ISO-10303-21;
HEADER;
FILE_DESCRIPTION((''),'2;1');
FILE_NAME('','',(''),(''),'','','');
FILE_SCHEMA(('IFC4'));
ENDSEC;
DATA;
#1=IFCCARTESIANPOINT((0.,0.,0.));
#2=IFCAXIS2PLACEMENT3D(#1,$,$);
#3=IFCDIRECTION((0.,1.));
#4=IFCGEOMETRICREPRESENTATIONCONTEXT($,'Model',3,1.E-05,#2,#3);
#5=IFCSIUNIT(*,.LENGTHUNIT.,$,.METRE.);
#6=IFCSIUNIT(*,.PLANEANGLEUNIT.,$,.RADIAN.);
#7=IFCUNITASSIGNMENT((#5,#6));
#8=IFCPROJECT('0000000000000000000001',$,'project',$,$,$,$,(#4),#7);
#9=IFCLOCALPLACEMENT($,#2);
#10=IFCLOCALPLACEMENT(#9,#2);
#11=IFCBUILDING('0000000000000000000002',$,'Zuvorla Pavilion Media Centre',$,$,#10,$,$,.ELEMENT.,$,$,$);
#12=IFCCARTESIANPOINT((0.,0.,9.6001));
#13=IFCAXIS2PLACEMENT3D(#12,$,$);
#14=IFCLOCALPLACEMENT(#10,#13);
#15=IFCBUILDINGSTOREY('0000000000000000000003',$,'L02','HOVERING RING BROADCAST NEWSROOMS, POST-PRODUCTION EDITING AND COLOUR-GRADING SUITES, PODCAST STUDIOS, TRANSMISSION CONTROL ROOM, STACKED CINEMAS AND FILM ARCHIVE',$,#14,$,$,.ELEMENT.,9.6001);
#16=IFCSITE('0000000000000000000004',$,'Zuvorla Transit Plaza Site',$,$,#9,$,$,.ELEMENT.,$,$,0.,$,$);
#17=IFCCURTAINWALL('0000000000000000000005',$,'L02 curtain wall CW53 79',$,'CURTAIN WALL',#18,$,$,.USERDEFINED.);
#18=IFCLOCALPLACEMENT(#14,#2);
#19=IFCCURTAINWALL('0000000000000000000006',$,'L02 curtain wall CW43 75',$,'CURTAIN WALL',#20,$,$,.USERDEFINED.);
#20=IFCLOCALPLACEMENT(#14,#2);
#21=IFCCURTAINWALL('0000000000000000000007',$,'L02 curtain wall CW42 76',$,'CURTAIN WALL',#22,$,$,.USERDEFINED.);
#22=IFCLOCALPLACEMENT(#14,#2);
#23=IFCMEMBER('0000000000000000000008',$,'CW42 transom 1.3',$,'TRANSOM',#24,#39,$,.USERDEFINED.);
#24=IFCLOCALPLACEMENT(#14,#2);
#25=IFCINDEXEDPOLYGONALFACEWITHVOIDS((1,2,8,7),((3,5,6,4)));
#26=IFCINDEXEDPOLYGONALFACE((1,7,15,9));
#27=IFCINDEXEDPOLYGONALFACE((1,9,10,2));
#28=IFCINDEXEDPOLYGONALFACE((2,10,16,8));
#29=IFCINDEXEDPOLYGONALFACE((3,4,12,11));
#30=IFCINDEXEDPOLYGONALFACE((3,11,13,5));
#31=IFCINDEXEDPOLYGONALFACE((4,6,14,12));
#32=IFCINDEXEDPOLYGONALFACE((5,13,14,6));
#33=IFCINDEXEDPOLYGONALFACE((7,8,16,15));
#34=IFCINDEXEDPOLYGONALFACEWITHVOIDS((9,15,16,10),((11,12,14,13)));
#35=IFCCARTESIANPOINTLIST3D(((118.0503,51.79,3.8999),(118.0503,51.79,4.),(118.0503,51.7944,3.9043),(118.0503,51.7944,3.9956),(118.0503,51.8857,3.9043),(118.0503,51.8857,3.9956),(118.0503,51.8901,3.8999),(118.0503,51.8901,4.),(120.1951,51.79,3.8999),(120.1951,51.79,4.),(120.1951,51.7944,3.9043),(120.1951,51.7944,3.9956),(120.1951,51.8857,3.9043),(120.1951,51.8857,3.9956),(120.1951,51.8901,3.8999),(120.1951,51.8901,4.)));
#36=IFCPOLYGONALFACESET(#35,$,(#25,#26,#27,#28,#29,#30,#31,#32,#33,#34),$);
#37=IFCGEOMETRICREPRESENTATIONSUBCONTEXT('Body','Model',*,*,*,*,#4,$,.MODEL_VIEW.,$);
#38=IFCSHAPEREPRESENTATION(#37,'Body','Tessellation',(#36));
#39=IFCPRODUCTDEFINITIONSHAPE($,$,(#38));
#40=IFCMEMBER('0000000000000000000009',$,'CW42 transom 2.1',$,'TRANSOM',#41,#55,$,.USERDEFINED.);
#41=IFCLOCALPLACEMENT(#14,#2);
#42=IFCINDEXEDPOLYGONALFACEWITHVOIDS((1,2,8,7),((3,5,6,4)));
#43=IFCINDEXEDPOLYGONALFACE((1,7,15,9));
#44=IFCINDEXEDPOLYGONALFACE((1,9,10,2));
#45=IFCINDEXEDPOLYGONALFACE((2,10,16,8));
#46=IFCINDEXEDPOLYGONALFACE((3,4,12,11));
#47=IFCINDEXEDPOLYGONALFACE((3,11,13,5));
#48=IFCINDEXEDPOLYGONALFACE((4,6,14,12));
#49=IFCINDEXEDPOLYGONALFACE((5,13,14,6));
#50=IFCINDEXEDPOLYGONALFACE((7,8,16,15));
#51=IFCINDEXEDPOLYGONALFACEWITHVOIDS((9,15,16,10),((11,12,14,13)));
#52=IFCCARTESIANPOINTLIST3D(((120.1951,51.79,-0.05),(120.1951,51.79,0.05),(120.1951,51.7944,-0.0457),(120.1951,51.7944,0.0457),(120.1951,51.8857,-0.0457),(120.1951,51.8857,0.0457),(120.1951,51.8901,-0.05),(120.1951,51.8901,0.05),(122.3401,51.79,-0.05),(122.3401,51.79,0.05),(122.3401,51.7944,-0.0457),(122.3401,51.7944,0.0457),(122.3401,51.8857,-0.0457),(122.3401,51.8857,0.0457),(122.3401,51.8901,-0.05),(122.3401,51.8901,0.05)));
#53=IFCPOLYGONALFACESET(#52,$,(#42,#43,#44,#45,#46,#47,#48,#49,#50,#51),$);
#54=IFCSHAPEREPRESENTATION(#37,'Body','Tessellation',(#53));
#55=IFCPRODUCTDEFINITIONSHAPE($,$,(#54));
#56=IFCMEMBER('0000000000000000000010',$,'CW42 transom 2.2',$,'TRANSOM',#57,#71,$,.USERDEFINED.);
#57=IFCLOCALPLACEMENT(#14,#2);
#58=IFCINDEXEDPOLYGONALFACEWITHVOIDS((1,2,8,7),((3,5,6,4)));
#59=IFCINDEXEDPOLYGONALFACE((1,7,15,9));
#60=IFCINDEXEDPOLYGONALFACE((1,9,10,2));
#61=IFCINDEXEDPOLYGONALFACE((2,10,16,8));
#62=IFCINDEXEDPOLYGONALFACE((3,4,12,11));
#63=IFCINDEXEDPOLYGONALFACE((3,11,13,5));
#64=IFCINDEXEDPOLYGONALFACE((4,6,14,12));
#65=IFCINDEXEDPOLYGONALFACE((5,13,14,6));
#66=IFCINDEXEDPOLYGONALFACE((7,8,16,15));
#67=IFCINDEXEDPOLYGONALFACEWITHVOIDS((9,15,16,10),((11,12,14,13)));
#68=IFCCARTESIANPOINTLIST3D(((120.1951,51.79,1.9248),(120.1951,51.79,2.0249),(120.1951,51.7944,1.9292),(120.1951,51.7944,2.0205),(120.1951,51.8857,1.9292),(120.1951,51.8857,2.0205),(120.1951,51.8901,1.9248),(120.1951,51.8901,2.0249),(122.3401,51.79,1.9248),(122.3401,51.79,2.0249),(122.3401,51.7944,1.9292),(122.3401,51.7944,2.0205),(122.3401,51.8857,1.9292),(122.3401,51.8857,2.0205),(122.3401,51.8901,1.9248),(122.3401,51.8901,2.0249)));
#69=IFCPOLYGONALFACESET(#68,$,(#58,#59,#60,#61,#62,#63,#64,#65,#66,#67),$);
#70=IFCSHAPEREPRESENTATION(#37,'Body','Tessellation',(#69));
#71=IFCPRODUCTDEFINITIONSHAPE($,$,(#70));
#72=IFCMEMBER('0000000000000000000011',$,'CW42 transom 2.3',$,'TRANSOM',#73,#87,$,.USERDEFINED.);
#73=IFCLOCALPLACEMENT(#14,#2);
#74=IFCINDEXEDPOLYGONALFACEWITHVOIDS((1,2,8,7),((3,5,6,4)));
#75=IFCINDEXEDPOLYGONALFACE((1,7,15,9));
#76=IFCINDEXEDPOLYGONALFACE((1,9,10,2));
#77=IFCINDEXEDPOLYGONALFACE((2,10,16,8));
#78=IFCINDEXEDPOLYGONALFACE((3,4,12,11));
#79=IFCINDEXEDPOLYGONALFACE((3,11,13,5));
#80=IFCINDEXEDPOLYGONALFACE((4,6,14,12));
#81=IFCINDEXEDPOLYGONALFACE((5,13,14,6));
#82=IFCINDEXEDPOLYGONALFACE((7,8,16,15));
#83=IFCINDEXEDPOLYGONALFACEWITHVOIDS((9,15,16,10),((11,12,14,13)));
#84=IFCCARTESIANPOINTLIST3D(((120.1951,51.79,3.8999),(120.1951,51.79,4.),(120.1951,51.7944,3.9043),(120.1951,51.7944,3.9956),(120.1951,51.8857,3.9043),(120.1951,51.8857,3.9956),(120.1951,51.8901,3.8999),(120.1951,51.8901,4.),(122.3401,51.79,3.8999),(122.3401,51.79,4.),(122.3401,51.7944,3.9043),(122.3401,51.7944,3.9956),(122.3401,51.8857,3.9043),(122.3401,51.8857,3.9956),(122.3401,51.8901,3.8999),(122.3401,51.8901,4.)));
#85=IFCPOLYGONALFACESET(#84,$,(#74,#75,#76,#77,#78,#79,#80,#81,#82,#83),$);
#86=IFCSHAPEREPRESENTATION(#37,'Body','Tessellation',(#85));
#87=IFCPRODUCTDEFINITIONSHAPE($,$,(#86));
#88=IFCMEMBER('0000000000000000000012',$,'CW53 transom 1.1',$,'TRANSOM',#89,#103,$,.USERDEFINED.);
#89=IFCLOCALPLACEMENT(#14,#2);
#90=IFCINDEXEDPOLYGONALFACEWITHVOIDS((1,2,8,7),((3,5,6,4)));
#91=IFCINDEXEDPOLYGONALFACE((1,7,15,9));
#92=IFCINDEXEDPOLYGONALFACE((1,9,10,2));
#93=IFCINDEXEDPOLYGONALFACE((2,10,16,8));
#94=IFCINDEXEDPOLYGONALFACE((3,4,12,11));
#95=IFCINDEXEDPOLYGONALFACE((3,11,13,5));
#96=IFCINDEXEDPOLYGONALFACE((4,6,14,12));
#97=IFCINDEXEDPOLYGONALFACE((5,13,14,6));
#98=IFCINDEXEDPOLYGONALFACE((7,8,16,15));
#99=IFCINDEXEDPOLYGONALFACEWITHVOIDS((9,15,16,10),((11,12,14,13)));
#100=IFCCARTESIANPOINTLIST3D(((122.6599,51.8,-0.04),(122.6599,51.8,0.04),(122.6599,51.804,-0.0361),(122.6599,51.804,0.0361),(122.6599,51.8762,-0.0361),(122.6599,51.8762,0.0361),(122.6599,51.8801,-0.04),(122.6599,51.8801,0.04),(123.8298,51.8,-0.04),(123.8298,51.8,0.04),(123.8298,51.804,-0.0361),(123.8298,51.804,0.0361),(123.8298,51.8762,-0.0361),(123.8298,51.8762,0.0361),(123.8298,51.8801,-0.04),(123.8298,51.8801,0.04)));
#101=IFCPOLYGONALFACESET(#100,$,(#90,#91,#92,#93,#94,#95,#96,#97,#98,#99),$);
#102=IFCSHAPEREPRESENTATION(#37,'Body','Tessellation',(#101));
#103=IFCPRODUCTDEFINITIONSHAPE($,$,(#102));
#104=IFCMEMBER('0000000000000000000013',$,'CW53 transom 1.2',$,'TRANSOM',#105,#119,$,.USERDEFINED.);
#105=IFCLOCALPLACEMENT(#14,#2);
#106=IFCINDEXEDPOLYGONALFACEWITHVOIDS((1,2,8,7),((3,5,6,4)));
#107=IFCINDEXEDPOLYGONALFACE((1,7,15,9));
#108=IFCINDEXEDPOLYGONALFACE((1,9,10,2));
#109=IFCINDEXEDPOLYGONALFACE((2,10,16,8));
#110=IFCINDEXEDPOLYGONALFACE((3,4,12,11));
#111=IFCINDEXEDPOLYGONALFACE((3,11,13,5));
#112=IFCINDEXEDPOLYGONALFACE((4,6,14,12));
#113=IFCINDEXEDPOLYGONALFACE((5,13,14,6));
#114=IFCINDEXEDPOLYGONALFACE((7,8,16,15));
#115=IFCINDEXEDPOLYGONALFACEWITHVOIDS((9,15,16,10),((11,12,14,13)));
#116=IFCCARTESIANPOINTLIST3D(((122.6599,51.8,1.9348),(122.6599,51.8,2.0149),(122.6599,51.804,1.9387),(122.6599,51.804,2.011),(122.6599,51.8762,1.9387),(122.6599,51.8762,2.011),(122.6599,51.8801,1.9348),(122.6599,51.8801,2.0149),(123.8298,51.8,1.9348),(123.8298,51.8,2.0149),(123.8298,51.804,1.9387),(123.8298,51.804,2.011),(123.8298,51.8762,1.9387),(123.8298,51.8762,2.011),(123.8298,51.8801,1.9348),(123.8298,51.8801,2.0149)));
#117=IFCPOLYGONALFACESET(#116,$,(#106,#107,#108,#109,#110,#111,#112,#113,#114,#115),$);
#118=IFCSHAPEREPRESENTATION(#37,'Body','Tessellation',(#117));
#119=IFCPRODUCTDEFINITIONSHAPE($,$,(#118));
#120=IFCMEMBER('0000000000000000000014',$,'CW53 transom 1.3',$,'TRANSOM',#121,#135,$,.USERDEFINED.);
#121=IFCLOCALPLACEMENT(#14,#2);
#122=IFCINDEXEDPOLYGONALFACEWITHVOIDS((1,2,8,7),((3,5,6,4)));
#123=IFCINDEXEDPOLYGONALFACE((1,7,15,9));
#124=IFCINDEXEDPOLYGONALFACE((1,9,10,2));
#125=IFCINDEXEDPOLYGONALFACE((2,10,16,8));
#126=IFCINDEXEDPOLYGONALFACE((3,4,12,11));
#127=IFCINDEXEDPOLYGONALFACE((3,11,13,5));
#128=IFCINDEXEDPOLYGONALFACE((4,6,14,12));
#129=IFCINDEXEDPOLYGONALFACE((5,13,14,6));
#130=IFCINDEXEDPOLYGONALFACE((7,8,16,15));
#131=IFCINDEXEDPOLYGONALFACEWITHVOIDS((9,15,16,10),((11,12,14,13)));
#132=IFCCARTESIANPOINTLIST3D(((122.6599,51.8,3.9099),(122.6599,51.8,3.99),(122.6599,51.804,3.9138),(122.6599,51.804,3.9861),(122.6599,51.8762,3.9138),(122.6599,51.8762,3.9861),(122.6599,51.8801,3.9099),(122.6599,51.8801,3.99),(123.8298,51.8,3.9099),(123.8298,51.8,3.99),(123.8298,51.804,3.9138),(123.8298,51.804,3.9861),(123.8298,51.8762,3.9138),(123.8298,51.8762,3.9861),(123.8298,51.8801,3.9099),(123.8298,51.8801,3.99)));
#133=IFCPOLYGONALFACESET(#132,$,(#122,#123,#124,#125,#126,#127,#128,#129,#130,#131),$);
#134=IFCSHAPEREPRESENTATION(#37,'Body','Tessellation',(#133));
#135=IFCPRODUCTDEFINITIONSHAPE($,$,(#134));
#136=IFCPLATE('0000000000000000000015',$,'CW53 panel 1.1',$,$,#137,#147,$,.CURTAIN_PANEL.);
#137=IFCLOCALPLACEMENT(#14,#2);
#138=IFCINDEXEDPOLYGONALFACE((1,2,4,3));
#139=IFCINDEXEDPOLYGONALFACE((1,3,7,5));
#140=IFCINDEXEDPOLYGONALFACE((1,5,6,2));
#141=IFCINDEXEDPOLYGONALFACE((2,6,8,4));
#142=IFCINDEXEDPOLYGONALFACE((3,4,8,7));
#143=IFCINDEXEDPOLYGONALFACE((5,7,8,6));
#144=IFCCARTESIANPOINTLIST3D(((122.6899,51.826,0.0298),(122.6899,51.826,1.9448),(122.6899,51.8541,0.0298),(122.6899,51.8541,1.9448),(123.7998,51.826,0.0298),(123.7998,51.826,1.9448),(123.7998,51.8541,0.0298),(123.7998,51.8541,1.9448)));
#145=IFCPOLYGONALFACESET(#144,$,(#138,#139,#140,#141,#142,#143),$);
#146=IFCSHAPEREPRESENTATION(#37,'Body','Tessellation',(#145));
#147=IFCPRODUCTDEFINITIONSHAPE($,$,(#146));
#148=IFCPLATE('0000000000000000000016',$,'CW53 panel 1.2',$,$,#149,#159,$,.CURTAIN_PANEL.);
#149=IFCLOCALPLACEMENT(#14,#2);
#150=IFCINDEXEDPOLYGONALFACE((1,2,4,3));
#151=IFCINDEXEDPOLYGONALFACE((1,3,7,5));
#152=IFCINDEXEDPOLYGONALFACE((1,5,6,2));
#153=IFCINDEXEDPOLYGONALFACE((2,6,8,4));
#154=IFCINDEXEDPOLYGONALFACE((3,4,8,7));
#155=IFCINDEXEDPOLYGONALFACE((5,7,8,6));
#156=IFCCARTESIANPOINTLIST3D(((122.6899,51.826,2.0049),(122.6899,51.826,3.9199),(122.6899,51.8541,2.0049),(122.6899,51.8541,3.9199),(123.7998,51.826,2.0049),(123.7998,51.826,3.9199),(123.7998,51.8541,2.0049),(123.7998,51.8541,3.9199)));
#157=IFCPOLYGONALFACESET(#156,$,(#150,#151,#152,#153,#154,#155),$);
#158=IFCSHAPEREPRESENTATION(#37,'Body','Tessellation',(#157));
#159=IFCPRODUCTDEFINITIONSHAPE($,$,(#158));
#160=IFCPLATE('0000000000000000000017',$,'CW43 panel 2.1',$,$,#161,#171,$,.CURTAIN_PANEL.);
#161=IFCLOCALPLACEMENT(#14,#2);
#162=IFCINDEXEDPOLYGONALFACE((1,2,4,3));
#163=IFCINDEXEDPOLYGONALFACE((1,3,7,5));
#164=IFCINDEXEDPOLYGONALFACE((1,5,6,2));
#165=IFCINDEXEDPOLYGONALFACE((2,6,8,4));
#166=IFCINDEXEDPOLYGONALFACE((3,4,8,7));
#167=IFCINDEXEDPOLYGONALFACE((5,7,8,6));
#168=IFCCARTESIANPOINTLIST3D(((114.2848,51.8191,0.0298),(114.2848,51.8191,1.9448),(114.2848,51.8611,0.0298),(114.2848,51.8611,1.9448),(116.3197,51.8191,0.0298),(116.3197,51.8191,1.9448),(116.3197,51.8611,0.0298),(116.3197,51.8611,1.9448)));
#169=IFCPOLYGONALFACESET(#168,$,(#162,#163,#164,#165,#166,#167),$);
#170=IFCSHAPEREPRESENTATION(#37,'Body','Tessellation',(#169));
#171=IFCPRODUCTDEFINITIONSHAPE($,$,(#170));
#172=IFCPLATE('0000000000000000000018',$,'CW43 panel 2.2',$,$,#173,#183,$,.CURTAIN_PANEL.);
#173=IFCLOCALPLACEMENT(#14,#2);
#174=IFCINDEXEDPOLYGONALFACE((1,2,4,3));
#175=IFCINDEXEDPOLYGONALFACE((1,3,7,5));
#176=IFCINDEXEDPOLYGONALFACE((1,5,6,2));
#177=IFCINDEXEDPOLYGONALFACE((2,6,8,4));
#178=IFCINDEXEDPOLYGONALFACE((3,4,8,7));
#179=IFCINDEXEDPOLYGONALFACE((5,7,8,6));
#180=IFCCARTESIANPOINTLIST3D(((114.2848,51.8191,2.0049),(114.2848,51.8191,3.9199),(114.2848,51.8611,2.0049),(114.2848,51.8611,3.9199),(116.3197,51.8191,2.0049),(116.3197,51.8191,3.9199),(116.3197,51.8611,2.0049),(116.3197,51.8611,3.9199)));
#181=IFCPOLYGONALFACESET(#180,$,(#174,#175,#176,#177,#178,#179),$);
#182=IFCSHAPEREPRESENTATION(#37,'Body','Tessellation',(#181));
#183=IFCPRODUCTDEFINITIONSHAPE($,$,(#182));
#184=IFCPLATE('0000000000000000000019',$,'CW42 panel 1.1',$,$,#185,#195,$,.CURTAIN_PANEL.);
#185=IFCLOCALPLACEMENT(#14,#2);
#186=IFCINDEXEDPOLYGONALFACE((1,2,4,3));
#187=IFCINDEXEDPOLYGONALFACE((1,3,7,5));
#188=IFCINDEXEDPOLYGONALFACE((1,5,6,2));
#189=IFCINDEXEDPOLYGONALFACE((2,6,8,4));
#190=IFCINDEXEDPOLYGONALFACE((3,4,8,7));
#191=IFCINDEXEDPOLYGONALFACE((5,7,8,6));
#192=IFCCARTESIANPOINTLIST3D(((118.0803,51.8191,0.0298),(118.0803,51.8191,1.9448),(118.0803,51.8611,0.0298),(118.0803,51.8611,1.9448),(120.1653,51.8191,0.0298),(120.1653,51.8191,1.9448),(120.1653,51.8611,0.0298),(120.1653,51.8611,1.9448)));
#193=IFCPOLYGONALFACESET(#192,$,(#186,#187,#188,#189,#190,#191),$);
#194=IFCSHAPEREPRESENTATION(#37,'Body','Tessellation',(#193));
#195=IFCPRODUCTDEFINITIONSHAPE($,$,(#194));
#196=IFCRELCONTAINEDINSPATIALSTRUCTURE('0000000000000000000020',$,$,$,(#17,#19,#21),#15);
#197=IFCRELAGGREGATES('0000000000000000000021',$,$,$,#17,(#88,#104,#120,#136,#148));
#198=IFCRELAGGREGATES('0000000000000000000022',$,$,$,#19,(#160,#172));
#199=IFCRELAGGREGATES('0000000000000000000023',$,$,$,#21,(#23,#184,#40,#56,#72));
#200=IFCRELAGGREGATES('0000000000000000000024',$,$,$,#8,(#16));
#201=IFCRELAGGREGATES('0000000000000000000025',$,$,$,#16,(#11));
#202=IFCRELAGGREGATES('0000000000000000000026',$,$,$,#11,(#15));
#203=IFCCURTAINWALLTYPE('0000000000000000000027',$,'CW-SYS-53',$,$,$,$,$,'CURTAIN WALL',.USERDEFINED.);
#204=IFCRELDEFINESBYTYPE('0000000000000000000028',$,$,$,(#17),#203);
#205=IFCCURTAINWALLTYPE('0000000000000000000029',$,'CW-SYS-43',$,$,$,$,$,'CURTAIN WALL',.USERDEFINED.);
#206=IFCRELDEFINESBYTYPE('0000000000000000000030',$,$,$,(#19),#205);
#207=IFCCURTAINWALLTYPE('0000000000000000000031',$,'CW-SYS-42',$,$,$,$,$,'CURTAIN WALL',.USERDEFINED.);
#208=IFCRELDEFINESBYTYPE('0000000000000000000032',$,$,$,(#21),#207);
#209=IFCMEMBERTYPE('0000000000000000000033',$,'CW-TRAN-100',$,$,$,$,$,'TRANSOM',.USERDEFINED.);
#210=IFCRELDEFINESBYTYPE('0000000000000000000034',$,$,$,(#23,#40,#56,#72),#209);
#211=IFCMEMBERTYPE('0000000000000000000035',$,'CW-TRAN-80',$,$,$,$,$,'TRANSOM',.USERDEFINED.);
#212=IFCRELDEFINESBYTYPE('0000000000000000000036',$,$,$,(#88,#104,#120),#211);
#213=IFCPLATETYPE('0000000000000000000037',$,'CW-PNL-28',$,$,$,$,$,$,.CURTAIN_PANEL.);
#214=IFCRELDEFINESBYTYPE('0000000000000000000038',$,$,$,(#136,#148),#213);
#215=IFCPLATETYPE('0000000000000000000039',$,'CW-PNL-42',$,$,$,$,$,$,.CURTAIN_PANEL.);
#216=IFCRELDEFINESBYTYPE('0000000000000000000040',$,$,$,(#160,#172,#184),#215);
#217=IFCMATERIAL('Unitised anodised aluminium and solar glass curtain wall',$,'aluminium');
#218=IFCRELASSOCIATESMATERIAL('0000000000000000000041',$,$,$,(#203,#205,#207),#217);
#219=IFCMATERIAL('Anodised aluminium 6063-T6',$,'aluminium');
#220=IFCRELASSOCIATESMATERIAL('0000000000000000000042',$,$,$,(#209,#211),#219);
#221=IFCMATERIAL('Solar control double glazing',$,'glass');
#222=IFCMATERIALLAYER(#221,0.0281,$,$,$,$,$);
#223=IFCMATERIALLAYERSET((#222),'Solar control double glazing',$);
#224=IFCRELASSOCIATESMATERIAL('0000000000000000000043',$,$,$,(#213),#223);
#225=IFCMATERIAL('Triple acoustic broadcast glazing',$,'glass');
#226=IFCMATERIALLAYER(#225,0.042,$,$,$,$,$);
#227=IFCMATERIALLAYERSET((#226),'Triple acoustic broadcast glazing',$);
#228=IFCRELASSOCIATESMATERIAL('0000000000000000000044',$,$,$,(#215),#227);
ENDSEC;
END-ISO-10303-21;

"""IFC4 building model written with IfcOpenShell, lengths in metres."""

from ifc_helpers import new_model, si_unit, direction, frame, origin, origin_2d, place, context, subcontext, project, spatial, rectangle, hollow_rectangle, extrude, material, layer, layer_set, material_profile, profile_set, type_object, element, aggregate, save


model = new_model("IFC4")

# Units and contexts
model_context = context("Model", 3, precision=1e-05, world=origin(), true_north=direction((0.0, 1.0)))
body_context = subcontext(model_context, "Body", "Model", "MODEL_VIEW")
ifc_project = project(units=[si_unit("LENGTHUNIT", "METRE"), si_unit("PLANEANGLEUNIT", "RADIAN")], contexts=[model_context])

# Site, building, storey
site_placement = place(None, origin())
site = spatial("IfcSite", under=ifc_project, at=site_placement, Name="Zuvorla Transit Plaza Site", CompositionType="ELEMENT", RefElevation=0.0)
building_placement = place(site_placement, origin())
building = spatial("IfcBuilding", under=site, at=building_placement, Name="Zuvorla Pavilion Media Centre", CompositionType="ELEMENT")
storey_placement = place(building_placement, frame((0.0, 0.0, 9.6001)))
storey = spatial("IfcBuildingStorey", under=building, at=storey_placement, Name="L02", Description="HOVERING RING BROADCAST NEWSROOMS, POST-PRODUCTION EDITING AND COLOUR-GRADING SUITES, PODCAST STUDIOS, TRANSMISSION CONTROL ROOM, STACKED CINEMAS AND FILM ARCHIVE", CompositionType="ELEMENT", Elevation=9.6001)

# Curtain wall
ifc_material_1 = material(Name="Unitised anodised aluminium and solar glass curtain wall", Category="aluminium")
curtain_wall_type_1 = type_object("IfcCurtainWallType", Name="CW-SYS-53", ElementType="CURTAIN WALL", PredefinedType="USERDEFINED", material=ifc_material_1)
curtain_wall_1_placement = place(storey_placement, origin())
curtain_wall_1 = element("IfcCurtainWall", 1, at=curtain_wall_1_placement, inside=storey, type_object=curtain_wall_type_1, Name="L02 curtain wall CW53 79", ObjectType="CURTAIN WALL", PredefinedType="USERDEFINED")
ifc_material_2 = material(Name="Anodised aluminium 6063-T6", Category="aluminium")

# Curtain wall
curtain_wall_type_2 = type_object("IfcCurtainWallType", Name="CW-SYS-43", ElementType="CURTAIN WALL", PredefinedType="USERDEFINED", material=ifc_material_1)
curtain_wall_2_placement = place(storey_placement, origin())
curtain_wall_2 = element("IfcCurtainWall", 2, at=curtain_wall_2_placement, inside=storey, type_object=curtain_wall_type_2, Name="L02 curtain wall CW43 75", ObjectType="CURTAIN WALL", PredefinedType="USERDEFINED")

# Curtain wall
curtain_wall_type_3 = type_object("IfcCurtainWallType", Name="CW-SYS-42", ElementType="CURTAIN WALL", PredefinedType="USERDEFINED", material=ifc_material_1)
curtain_wall_3_placement = place(storey_placement, origin())
curtain_wall_3 = element("IfcCurtainWall", 3, at=curtain_wall_3_placement, inside=storey, type_object=curtain_wall_type_3, Name="L02 curtain wall CW42 76", ObjectType="CURTAIN WALL", PredefinedType="USERDEFINED")

# Members
ifc_material_profile_1 = material_profile(ifc_material_2, hollow_rectangle(XDim=0.1001, YDim=0.1001, WallThickness=0.0044, at=origin_2d()), Name="ALU TRAN 100x100")
ifc_profile_set_1 = profile_set([ifc_material_profile_1], Name="Anodised aluminium 6063-T6")
member_type_1 = type_object("IfcMemberType", Name="CW-TRAN-100", ElementType="TRANSOM", PredefinedType="USERDEFINED", material=ifc_profile_set_1)
member_1_placement = place(storey_placement, frame((118.0503, 51.8401, 3.95), z_axis=(1.0, 0.0, 0.0), x_axis=(0.0, 1.0, 0.0)))
member_1 = element("IfcMember", 4, at=member_1_placement, type_object=member_type_1, Name="CW42 transom 1.3", ObjectType="TRANSOM", PredefinedType="USERDEFINED", context=body_context, shape_type="SweptSolid", body=[
    extrude(hollow_rectangle(XDim=0.1001, YDim=0.1001, WallThickness=0.0044, at=origin_2d()), origin(), (0.0, 0.0, 1.0), 2.1448),
])
member_2_placement = place(storey_placement, frame((120.1951, 51.8401, 0.0), z_axis=(1.0, 0.0, 0.0), x_axis=(0.0, 1.0, 0.0)))
member_2 = element("IfcMember", 5, at=member_2_placement, type_object=member_type_1, Name="CW42 transom 2.1", ObjectType="TRANSOM", PredefinedType="USERDEFINED", context=body_context, shape_type="SweptSolid", body=[
    extrude(hollow_rectangle(XDim=0.1001, YDim=0.1001, WallThickness=0.0044, at=origin_2d()), origin(), (0.0, 0.0, 1.0), 2.145),
])
member_3_placement = place(storey_placement, frame((120.1951, 51.8401, 1.9749), z_axis=(1.0, 0.0, 0.0), x_axis=(0.0, 1.0, 0.0)))
member_3 = element("IfcMember", 6, at=member_3_placement, type_object=member_type_1, Name="CW42 transom 2.2", ObjectType="TRANSOM", PredefinedType="USERDEFINED", context=body_context, shape_type="SweptSolid", body=[
    extrude(hollow_rectangle(XDim=0.1001, YDim=0.1001, WallThickness=0.0044, at=origin_2d()), origin(), (0.0, 0.0, 1.0), 2.145),
])
member_4_placement = place(storey_placement, frame((120.1951, 51.8401, 3.95), z_axis=(1.0, 0.0, 0.0), x_axis=(0.0, 1.0, 0.0)))
member_4 = element("IfcMember", 7, at=member_4_placement, type_object=member_type_1, Name="CW42 transom 2.3", ObjectType="TRANSOM", PredefinedType="USERDEFINED", context=body_context, shape_type="SweptSolid", body=[
    extrude(hollow_rectangle(XDim=0.1001, YDim=0.1001, WallThickness=0.0044, at=origin_2d()), origin(), (0.0, 0.0, 1.0), 2.145),
])
ifc_material_profile_2 = material_profile(ifc_material_2, hollow_rectangle(XDim=0.0801, YDim=0.0801, WallThickness=0.0039, at=origin_2d()), Name="ALU TRAN 80x80")
ifc_profile_set_2 = profile_set([ifc_material_profile_2], Name="Anodised aluminium 6063-T6")
member_type_2 = type_object("IfcMemberType", Name="CW-TRAN-80", ElementType="TRANSOM", PredefinedType="USERDEFINED", material=ifc_profile_set_2)
member_5_placement = place(storey_placement, frame((122.6599, 51.8401, 0.0), z_axis=(1.0, 0.0, 0.0), x_axis=(0.0, 1.0, 0.0)))
member_5 = element("IfcMember", 8, at=member_5_placement, type_object=member_type_2, Name="CW53 transom 1.1", ObjectType="TRANSOM", PredefinedType="USERDEFINED", context=body_context, shape_type="SweptSolid", body=[
    extrude(hollow_rectangle(XDim=0.0801, YDim=0.0801, WallThickness=0.0039, at=origin_2d()), origin(), (0.0, 0.0, 1.0), 1.1699),
])
member_6_placement = place(storey_placement, frame((122.6599, 51.8401, 1.9749), z_axis=(1.0, 0.0, 0.0), x_axis=(0.0, 1.0, 0.0)))
member_6 = element("IfcMember", 9, at=member_6_placement, type_object=member_type_2, Name="CW53 transom 1.2", ObjectType="TRANSOM", PredefinedType="USERDEFINED", context=body_context, shape_type="SweptSolid", body=[
    extrude(hollow_rectangle(XDim=0.0801, YDim=0.0801, WallThickness=0.0039, at=origin_2d()), origin(), (0.0, 0.0, 1.0), 1.1699),
])
member_7_placement = place(storey_placement, frame((122.6599, 51.8401, 3.95), z_axis=(1.0, 0.0, 0.0), x_axis=(0.0, 1.0, 0.0)))
member_7 = element("IfcMember", 10, at=member_7_placement, type_object=member_type_2, Name="CW53 transom 1.3", ObjectType="TRANSOM", PredefinedType="USERDEFINED", context=body_context, shape_type="SweptSolid", body=[
    extrude(hollow_rectangle(XDim=0.0801, YDim=0.0801, WallThickness=0.0039, at=origin_2d()), origin(), (0.0, 0.0, 1.0), 1.1699),
])

# Plates
ifc_material_3 = material(Name="Solar control double glazing", Category="glass")
ifc_layer_1 = layer(ifc_material_3, 0.0281)
ifc_layer_set_1 = layer_set([ifc_layer_1], Name="Solar control double glazing")
plate_type_1 = type_object("IfcPlateType", Name="CW-PNL-28", PredefinedType="CURTAIN_PANEL", material=ifc_layer_set_1)
plate_1_placement = place(storey_placement, frame((123.2449, 51.8401, 0.0298), z_axis=(0.0, 0.0, 1.0), x_axis=(1.0, 0.0, 0.0)))
plate_1 = element("IfcPlate", 11, at=plate_1_placement, type_object=plate_type_1, Name="CW53 panel 1.1", PredefinedType="CURTAIN_PANEL", context=body_context, shape_type="SweptSolid", body=[
    extrude(rectangle(XDim=1.1099, YDim=0.0281, at=origin_2d()), origin(), (0.0, 0.0, 1.0), 1.915),
])
plate_2_placement = place(storey_placement, frame((123.2449, 51.8401, 2.0049), z_axis=(0.0, 0.0, 1.0), x_axis=(1.0, 0.0, 0.0)))
plate_2 = element("IfcPlate", 12, at=plate_2_placement, type_object=plate_type_1, Name="CW53 panel 1.2", PredefinedType="CURTAIN_PANEL", context=body_context, shape_type="SweptSolid", body=[
    extrude(rectangle(XDim=1.1099, YDim=0.0281, at=origin_2d()), origin(), (0.0, 0.0, 1.0), 1.915),
])
aggregate(curtain_wall_1, [member_5, member_6, member_7, plate_1, plate_2])
ifc_material_4 = material(Name="Triple acoustic broadcast glazing", Category="glass")
ifc_layer_2 = layer(ifc_material_4, 0.042)
ifc_layer_set_2 = layer_set([ifc_layer_2], Name="Triple acoustic broadcast glazing")
plate_type_2 = type_object("IfcPlateType", Name="CW-PNL-42", PredefinedType="CURTAIN_PANEL", material=ifc_layer_set_2)
plate_3_placement = place(storey_placement, frame((115.3022, 51.8401, 0.0298), z_axis=(0.0, 0.0, 1.0), x_axis=(1.0, 0.0, 0.0)))
plate_3 = element("IfcPlate", 13, at=plate_3_placement, type_object=plate_type_2, Name="CW43 panel 2.1", PredefinedType="CURTAIN_PANEL", context=body_context, shape_type="SweptSolid", body=[
    extrude(rectangle(XDim=2.0349, YDim=0.042, at=origin_2d()), origin(), (0.0, 0.0, 1.0), 1.915),
])
plate_4_placement = place(storey_placement, frame((115.3022, 51.8401, 2.0049), z_axis=(0.0, 0.0, 1.0), x_axis=(1.0, 0.0, 0.0)))
plate_4 = element("IfcPlate", 14, at=plate_4_placement, type_object=plate_type_2, Name="CW43 panel 2.2", PredefinedType="CURTAIN_PANEL", context=body_context, shape_type="SweptSolid", body=[
    extrude(rectangle(XDim=2.0349, YDim=0.042, at=origin_2d()), origin(), (0.0, 0.0, 1.0), 1.915),
])
aggregate(curtain_wall_2, [plate_3, plate_4])
plate_5_placement = place(storey_placement, frame((119.1228, 51.8401, 0.0298), z_axis=(0.0, 0.0, 1.0), x_axis=(1.0, 0.0, 0.0)))
plate_5 = element("IfcPlate", 15, at=plate_5_placement, type_object=plate_type_2, Name="CW42 panel 1.1", PredefinedType="CURTAIN_PANEL", context=body_context, shape_type="SweptSolid", body=[
    extrude(rectangle(XDim=2.085, YDim=0.042, at=origin_2d()), origin(), (0.0, 0.0, 1.0), 1.915),
])
aggregate(curtain_wall_3, [member_1, plate_5, member_2, member_3, member_4])

save(model, "model.ifc")
